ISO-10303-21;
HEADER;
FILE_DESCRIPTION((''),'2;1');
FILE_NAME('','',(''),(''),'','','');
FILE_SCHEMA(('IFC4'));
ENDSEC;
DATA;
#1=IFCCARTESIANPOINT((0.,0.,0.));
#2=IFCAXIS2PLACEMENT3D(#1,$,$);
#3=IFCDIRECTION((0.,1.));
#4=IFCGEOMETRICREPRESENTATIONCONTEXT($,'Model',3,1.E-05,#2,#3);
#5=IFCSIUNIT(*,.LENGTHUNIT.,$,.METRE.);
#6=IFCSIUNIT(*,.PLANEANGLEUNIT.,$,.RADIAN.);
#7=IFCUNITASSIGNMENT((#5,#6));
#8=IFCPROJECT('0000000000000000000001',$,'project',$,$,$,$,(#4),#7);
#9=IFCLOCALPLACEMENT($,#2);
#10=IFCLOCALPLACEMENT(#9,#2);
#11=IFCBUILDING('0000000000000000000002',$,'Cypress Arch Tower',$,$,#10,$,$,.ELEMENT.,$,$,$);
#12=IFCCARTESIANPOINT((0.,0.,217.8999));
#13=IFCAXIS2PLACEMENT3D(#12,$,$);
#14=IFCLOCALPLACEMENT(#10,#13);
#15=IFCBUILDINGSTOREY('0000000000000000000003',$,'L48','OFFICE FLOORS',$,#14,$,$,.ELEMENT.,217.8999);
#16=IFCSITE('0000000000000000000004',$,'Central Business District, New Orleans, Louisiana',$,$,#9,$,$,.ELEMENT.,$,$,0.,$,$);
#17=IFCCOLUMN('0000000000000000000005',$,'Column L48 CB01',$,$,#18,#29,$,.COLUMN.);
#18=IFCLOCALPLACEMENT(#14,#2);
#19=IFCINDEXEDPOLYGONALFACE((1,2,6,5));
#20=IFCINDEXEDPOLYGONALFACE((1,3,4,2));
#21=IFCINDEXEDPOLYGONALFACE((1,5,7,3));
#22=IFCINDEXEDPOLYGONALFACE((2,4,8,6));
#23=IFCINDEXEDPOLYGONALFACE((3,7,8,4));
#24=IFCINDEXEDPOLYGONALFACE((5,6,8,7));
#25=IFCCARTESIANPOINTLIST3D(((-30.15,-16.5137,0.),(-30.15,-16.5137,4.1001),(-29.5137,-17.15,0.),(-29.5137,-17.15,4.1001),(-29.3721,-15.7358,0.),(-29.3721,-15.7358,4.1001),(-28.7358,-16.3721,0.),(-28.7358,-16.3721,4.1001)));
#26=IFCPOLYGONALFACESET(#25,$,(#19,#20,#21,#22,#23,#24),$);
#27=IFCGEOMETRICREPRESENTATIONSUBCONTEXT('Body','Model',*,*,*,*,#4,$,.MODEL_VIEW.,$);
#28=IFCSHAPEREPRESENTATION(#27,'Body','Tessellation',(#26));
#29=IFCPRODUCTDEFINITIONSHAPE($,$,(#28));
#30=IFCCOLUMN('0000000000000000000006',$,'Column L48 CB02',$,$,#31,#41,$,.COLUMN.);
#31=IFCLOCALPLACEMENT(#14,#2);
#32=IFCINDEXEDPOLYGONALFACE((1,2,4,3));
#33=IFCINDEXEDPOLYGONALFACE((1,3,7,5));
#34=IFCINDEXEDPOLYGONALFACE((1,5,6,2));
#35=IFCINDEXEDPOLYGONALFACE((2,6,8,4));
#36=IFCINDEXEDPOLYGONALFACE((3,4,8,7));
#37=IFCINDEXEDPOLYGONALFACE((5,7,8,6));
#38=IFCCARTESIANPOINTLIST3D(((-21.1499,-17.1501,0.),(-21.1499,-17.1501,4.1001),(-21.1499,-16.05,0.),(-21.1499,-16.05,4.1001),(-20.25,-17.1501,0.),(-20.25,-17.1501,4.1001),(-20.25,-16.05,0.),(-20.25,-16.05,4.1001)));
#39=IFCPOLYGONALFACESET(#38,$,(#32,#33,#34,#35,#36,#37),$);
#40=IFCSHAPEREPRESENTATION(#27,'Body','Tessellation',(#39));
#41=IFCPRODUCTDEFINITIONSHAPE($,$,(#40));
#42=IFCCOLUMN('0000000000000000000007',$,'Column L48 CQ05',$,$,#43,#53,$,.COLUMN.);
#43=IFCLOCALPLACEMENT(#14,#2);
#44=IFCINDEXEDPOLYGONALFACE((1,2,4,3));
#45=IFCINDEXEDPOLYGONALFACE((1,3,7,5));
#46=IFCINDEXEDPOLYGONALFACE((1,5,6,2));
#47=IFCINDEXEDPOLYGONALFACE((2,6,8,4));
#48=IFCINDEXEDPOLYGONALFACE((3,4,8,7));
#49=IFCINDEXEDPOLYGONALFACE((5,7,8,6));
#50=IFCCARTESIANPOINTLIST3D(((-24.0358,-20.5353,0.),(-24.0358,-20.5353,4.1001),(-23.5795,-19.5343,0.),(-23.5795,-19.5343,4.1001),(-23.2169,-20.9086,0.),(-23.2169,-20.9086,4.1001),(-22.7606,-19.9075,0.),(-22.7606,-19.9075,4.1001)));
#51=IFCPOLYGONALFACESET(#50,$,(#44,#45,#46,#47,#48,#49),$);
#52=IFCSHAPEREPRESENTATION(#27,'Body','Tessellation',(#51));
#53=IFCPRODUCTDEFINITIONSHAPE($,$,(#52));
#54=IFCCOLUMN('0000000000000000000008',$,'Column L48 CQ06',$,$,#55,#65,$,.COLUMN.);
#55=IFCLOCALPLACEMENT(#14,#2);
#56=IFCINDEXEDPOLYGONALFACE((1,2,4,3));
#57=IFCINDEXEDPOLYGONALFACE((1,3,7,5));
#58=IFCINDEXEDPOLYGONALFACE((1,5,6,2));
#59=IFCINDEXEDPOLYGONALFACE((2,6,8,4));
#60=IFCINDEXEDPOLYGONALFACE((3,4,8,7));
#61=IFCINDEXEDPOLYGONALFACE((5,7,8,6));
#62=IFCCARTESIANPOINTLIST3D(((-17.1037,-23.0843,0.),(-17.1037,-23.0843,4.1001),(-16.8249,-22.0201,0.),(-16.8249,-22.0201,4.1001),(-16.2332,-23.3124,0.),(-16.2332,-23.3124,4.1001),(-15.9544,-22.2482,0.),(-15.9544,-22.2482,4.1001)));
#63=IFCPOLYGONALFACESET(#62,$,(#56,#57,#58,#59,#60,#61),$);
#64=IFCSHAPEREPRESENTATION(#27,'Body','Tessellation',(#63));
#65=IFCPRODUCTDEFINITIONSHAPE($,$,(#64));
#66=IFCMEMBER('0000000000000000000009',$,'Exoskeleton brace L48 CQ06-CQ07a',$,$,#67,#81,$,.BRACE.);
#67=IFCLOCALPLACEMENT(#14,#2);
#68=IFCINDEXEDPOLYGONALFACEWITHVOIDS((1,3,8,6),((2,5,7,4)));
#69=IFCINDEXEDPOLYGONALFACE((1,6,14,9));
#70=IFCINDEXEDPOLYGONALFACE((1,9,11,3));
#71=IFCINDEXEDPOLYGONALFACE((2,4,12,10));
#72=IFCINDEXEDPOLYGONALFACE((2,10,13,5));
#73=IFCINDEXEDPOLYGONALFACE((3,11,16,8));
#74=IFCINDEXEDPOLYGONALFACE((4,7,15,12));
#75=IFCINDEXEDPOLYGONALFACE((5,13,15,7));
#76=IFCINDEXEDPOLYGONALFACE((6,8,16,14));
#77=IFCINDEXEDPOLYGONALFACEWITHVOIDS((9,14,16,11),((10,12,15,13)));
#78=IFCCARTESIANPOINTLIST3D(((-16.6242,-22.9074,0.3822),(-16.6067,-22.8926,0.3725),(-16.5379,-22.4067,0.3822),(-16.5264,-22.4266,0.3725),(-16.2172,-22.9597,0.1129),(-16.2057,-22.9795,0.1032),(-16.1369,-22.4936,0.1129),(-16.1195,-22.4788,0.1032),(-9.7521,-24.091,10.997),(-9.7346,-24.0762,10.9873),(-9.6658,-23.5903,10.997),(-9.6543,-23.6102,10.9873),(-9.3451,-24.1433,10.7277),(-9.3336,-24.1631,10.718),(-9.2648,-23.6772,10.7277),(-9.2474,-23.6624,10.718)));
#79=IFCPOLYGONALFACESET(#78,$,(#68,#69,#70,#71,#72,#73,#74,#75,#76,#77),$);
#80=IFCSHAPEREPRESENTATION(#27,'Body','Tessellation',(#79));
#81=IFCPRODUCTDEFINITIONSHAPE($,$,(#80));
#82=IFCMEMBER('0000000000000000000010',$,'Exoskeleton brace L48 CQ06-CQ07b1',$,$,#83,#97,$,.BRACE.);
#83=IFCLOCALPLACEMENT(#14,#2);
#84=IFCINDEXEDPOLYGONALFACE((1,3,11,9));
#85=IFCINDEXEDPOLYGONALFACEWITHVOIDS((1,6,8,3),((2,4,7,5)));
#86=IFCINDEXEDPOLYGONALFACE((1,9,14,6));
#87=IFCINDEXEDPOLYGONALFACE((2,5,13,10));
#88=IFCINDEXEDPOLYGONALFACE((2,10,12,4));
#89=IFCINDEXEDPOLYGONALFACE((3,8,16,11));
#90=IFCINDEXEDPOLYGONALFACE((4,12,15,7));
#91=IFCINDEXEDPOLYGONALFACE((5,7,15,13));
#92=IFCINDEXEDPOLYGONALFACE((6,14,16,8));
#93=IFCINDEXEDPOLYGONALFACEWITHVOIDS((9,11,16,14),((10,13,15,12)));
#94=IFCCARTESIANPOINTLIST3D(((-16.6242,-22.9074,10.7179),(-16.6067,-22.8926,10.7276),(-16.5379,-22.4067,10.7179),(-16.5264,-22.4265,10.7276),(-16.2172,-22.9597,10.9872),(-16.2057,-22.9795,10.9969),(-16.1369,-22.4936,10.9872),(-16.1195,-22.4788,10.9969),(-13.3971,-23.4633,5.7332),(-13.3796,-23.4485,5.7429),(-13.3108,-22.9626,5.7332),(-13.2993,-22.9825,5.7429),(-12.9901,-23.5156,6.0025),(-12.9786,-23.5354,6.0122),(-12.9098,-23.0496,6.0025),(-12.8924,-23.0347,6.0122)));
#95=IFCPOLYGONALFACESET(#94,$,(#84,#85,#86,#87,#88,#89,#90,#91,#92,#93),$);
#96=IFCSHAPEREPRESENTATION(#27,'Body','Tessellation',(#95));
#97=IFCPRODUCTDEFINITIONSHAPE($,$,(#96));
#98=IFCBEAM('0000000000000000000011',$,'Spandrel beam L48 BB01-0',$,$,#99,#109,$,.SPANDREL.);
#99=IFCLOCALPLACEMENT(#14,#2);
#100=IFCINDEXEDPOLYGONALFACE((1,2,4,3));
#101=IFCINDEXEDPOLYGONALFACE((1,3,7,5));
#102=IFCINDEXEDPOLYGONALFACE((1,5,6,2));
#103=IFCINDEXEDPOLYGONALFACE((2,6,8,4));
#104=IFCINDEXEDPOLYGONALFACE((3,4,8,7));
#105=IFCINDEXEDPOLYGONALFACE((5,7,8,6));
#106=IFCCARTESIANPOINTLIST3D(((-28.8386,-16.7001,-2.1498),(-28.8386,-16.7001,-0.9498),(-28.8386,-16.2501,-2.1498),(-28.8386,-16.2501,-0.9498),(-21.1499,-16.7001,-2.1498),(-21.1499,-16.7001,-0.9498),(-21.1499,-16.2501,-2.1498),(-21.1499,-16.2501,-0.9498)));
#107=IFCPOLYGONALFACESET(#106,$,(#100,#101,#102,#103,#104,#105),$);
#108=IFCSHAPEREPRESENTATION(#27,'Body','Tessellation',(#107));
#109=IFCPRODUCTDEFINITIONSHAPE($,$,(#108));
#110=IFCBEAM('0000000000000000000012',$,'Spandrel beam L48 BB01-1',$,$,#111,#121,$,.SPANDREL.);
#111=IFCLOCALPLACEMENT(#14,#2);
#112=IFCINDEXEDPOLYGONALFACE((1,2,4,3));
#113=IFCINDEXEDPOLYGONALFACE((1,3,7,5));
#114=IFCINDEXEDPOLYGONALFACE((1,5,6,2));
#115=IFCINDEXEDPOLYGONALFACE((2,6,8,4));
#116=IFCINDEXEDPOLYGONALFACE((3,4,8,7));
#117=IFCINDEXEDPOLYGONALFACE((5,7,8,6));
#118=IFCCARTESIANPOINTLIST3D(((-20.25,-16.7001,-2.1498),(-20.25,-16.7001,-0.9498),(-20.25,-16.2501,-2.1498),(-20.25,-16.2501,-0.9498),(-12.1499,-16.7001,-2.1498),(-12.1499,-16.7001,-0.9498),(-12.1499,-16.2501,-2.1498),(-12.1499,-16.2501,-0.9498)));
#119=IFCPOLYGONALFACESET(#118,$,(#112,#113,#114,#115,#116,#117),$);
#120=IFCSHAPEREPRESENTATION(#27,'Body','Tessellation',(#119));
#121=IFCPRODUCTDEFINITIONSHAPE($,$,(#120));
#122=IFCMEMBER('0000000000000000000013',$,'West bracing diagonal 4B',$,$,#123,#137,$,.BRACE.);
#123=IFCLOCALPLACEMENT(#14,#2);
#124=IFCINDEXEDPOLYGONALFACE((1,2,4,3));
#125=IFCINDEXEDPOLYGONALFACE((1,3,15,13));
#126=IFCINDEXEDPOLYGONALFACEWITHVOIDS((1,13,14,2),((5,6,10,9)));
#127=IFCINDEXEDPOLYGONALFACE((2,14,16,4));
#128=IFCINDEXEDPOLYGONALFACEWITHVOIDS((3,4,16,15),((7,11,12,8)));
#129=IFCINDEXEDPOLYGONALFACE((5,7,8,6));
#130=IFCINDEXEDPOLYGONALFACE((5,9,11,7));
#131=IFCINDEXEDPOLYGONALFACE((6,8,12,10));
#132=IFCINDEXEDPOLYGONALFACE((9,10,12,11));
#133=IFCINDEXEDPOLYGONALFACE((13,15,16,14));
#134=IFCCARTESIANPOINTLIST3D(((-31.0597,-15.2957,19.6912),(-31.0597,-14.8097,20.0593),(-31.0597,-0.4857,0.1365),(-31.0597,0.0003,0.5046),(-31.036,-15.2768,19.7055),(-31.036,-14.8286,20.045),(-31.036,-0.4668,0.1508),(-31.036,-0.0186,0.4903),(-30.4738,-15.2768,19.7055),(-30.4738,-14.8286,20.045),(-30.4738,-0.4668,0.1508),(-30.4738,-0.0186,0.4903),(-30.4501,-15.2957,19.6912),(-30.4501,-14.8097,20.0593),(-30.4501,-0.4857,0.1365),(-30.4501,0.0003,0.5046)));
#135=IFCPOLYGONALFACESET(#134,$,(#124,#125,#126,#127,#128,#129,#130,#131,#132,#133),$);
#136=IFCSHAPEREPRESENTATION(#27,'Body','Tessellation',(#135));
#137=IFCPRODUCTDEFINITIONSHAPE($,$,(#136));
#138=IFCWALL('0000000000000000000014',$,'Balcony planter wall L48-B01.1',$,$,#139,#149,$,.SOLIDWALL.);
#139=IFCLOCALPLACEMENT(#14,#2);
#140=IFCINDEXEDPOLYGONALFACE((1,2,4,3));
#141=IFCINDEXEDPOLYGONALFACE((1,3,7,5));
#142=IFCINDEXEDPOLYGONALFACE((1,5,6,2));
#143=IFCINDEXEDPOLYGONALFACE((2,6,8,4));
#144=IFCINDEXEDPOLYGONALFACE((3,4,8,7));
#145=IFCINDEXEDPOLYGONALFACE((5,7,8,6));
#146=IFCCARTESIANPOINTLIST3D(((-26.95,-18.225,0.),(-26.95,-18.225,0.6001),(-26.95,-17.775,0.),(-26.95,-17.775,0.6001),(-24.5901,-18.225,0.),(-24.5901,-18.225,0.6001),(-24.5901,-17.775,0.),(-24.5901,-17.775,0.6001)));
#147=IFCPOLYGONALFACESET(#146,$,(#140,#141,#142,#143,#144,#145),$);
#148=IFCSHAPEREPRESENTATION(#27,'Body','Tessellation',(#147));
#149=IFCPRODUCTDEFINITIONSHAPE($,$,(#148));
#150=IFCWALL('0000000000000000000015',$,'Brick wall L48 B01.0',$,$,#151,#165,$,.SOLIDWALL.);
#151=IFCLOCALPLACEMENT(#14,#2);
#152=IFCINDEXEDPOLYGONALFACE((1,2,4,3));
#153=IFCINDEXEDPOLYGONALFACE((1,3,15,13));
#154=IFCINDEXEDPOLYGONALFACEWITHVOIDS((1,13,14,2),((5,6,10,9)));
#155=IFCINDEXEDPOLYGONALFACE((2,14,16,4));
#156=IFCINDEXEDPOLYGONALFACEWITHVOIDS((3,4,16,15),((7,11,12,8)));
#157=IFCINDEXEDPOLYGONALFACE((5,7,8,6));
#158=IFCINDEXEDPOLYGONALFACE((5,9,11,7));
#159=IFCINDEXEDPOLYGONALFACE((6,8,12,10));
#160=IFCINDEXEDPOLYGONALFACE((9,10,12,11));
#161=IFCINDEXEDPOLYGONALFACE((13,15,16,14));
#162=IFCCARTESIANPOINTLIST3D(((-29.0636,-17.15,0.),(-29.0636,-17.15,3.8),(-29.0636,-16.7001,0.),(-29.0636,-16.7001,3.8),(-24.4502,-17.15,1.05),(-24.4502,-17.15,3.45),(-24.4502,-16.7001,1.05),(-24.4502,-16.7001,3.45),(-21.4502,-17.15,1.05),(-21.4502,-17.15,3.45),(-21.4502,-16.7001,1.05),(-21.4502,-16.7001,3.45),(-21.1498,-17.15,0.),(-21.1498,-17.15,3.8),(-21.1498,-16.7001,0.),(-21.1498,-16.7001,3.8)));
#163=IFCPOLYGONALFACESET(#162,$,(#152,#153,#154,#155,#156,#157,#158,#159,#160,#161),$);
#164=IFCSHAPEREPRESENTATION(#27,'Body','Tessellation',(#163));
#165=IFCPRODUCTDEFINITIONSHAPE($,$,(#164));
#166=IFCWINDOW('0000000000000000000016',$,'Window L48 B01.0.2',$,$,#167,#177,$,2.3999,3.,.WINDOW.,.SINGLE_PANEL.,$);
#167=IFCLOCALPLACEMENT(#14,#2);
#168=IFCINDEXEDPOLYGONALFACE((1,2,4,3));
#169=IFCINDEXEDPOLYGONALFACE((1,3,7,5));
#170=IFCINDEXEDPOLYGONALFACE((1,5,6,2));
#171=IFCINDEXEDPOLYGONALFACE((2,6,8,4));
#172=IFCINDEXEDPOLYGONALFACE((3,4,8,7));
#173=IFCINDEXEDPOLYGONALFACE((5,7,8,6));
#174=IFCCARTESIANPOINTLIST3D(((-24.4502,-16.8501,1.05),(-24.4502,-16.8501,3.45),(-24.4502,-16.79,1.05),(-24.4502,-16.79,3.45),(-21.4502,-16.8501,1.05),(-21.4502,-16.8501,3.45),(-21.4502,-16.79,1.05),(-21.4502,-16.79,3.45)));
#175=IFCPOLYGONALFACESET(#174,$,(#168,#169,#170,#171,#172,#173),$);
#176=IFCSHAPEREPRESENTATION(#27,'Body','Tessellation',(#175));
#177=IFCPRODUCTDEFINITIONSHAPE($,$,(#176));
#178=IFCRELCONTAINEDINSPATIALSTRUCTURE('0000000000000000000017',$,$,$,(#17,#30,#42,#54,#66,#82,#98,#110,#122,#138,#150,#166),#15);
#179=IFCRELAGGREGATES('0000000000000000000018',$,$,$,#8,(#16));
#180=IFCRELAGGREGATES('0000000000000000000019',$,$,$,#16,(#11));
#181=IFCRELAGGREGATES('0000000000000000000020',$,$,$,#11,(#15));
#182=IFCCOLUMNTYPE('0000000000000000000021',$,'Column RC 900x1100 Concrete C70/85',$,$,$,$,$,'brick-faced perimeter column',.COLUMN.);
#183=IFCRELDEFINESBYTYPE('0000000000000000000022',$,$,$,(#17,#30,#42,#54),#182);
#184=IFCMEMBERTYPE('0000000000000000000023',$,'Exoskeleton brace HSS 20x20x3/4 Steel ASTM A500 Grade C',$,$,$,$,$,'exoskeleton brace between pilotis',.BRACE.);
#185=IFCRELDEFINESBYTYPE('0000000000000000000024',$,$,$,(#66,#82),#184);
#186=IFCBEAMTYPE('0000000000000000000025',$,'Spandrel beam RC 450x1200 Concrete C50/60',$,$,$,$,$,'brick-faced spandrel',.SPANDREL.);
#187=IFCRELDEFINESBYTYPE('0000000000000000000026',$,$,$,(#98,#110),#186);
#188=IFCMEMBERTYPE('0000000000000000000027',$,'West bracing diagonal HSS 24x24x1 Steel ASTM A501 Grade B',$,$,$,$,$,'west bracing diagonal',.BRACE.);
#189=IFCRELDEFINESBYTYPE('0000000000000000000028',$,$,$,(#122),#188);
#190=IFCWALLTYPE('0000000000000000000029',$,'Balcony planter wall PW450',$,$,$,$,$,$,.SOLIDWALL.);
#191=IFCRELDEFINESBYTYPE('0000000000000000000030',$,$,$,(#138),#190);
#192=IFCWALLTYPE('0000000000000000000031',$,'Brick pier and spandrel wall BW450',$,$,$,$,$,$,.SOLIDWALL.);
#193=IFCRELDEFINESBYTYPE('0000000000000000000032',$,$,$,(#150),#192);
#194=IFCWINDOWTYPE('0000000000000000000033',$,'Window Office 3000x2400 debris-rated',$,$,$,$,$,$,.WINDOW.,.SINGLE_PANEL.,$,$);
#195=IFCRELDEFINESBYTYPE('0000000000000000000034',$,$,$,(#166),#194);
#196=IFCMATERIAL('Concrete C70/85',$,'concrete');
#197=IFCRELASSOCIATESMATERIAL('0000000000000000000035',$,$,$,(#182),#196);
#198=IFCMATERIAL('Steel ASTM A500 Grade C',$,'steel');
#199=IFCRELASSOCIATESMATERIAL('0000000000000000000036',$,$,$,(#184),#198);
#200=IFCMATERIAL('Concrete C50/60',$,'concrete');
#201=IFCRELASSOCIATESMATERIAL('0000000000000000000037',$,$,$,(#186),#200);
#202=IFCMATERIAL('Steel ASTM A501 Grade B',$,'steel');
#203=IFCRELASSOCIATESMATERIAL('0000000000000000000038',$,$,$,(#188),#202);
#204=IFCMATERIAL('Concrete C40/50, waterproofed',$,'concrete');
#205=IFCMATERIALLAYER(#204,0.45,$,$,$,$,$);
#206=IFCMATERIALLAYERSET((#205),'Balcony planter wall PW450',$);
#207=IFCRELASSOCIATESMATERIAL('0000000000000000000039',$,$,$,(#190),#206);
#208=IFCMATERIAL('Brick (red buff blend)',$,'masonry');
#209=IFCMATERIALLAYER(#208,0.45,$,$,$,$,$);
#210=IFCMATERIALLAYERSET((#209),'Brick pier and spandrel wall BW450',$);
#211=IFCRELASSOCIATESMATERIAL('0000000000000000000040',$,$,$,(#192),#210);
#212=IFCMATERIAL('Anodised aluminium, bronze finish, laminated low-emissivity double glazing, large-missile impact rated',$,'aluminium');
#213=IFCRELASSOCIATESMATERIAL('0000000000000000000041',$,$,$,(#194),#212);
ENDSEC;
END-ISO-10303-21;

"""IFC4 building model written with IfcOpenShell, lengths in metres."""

from ifc_helpers import new_model, si_unit, direction, frame, frame_2d, origin, origin_2d, place, context, subcontext, project, spatial, rectangle, hollow_rectangle, extrude, material, layer, layer_set, material_profile, profile_set, type_object, element, fill, save


model = new_model("IFC4")

# Units and contexts
model_context = context("Model", 3, precision=1e-05, world=origin(), true_north=direction((0.0, 1.0)))
body_context = subcontext(model_context, "Body", "Model", "MODEL_VIEW")
ifc_project = project(units=[si_unit("LENGTHUNIT", "METRE"), si_unit("PLANEANGLEUNIT", "RADIAN")], contexts=[model_context])

# Site, building, storey
site_placement = place(None, origin())
site = spatial("IfcSite", under=ifc_project, at=site_placement, Name="Central Business District, New Orleans, Louisiana", CompositionType="ELEMENT", RefElevation=0.0)
building_placement = place(site_placement, origin())
building = spatial("IfcBuilding", under=site, at=building_placement, Name="Cypress Arch Tower", CompositionType="ELEMENT")
storey_placement = place(building_placement, frame((0.0, 0.0, 217.8999)))
storey = spatial("IfcBuildingStorey", under=building, at=storey_placement, Name="L48", Description="OFFICE FLOORS", CompositionType="ELEMENT", Elevation=217.8999)

# Columns
ifc_material_1 = material(Name="Concrete C70/85", Category="concrete")
ifc_material_profile_1 = material_profile(ifc_material_1, rectangle(XDim=0.8999, YDim=1.1001, at=origin_2d()), Name="RC 900x1100")
ifc_profile_set_1 = profile_set([ifc_material_profile_1], Name="Concrete C70/85")
column_type = type_object("IfcColumnType", Name="Column RC 900x1100 Concrete C70/85", ElementType="brick-faced perimeter column", PredefinedType="COLUMN", material=ifc_profile_set_1)
for number, where, z_axis, x_axis, name in (
    (1, (-29.4429, -16.4429, 0.0), (0.0, 0.0, 1.0), (0.707107, -0.707107, 0.0), "Column L48 CB01"),
    (2, (-20.7, -16.6001, 0.0), (0.0, 0.0, 1.0), (1.0, 0.0, 0.0), "Column L48 CB02"),
    (3, (-23.3982, -20.2214, 0.0), (0.0, 0.0, 1.0), (0.909932, -0.414757, 0.0), "Column L48 CQ05"),
    (4, (-16.5291, -22.6663, 0.0), (0.0, 0.0, 1.0), (0.967356, -0.253422, 0.0), "Column L48 CQ06"),
):
    element("IfcColumn", number, at=place(storey_placement, frame(where, z_axis=z_axis, x_axis=x_axis)), inside=storey, type_object=column_type, Name=name, PredefinedType="COLUMN", context=body_context, shape_type="SweptSolid", body=[
        extrude(rectangle(XDim=0.8999, YDim=1.1001, at=origin_2d()), origin(), (0.0, 0.0, 1.0), 4.1001),
    ])

# Members
ifc_material_2 = material(Name="Steel ASTM A500 Grade C", Category="steel")
ifc_material_profile_2 = material_profile(ifc_material_2, hollow_rectangle(XDim=0.5081, YDim=0.5081, WallThickness=0.0176, at=origin_2d()), Name="HSS 20x20x3/4")
ifc_profile_set_2 = profile_set([ifc_material_profile_2], Name="Steel ASTM A500 Grade C")
member_type_1 = type_object("IfcMemberType", Name="Exoskeleton brace HSS 20x20x3/4 Steel ASTM A500 Grade C", ElementType="exoskeleton brace between pilotis", PredefinedType="BRACE", material=ifc_profile_set_2)
member_1_placement = place(storey_placement, frame((-16.3718, -22.6931, 0.2427), z_axis=(0.541093, -0.093194, 0.835783), x_axis=(0.169733, 0.98549, 0.0)))
element("IfcMember", 5, at=member_1_placement, inside=storey, type_object=member_type_1, Name="Exoskeleton brace L48 CQ06-CQ07a", PredefinedType="BRACE", context=body_context, shape_type="SweptSolid", body=[
    extrude(hollow_rectangle(XDim=0.5081, YDim=0.5081, WallThickness=0.0176, at=origin_2d()), origin(), (0.0, 0.0, 1.0), 12.7004),
])
member_2_placement = place(storey_placement, frame((-16.3718, -22.6931, 10.8574), z_axis=(0.541088, -0.093211, -0.835784), x_axis=(0.169765, 0.985485, 0.0)))
element("IfcMember", 6, at=member_2_placement, inside=storey, type_object=member_type_1, Name="Exoskeleton brace L48 CQ06-CQ07b1", PredefinedType="BRACE", context=body_context, shape_type="SweptSolid", body=[
    extrude(hollow_rectangle(XDim=0.5081, YDim=0.5081, WallThickness=0.0176, at=origin_2d()), origin(), (0.0, 0.0, 1.0), 5.9641),
])

# Beams
ifc_material_3 = material(Name="Concrete C50/60", Category="concrete")
ifc_material_profile_3 = material_profile(ifc_material_3, rectangle(XDim=0.45, YDim=1.2, at=origin_2d()), Name="RC 450x1200")
ifc_profile_set_3 = profile_set([ifc_material_profile_3], Name="Concrete C50/60")
beam_type = type_object("IfcBeamType", Name="Spandrel beam RC 450x1200 Concrete C50/60", ElementType="brick-faced spandrel", PredefinedType="SPANDREL", material=ifc_profile_set_3)
beam_1_placement = place(storey_placement, frame((-28.8386, -16.4751, -1.5498), z_axis=(1.0, 0.0, 0.0), x_axis=(0.0, 1.0, 0.0)))
element("IfcBeam", 7, at=beam_1_placement, inside=storey, type_object=beam_type, Name="Spandrel beam L48 BB01-0", PredefinedType="SPANDREL", context=body_context, shape_type="SweptSolid", body=[
    extrude(rectangle(XDim=0.45, YDim=1.2, at=origin_2d()), origin(), (0.0, 0.0, 1.0), 7.6887),
])
beam_2_placement = place(storey_placement, frame((-20.25, -16.4751, -1.5498), z_axis=(1.0, 0.0, 0.0), x_axis=(0.0, 1.0, 0.0)))
element("IfcBeam", 8, at=beam_2_placement, inside=storey, type_object=beam_type, Name="Spandrel beam L48 BB01-1", PredefinedType="SPANDREL", context=body_context, shape_type="SweptSolid", body=[
    extrude(rectangle(XDim=0.45, YDim=1.2, at=origin_2d()), origin(), (0.0, 0.0, 1.0), 8.1001),
])

# Member
ifc_material_4 = material(Name="Steel ASTM A501 Grade B", Category="steel")
ifc_material_profile_4 = material_profile(ifc_material_4, hollow_rectangle(XDim=0.6096, YDim=0.6096, WallThickness=0.0237, at=origin_2d()), Name="HSS 24x24x1")
ifc_profile_set_4 = profile_set([ifc_material_profile_4], Name="Steel ASTM A501 Grade B")
member_type_2 = type_object("IfcMemberType", Name="West bracing diagonal HSS 24x24x1 Steel ASTM A501 Grade B", ElementType="west bracing diagonal", PredefinedType="BRACE", material=ifc_profile_set_4)
member_3_placement = place(storey_placement, frame((-30.7549, -15.0527, 19.8752), z_axis=(0.0, 0.603752, -0.797173), x_axis=(-1.0, 0.0, 0.0)))
element("IfcMember", 9, at=member_3_placement, inside=storey, type_object=member_type_2, Name="West bracing diagonal 4B", PredefinedType="BRACE", context=body_context, shape_type="SweptSolid", body=[
    extrude(hollow_rectangle(XDim=0.6096, YDim=0.6096, WallThickness=0.0237, at=origin_2d()), origin(), (0.0, 0.0, 1.0), 24.53),
])

# Wall
ifc_material_5 = material(Name="Concrete C40/50, waterproofed", Category="concrete")
ifc_layer_1 = layer(ifc_material_5, 0.45)
ifc_layer_set_1 = layer_set([ifc_layer_1], Name="Balcony planter wall PW450")
wall_type_1 = type_object("IfcWallType", Name="Balcony planter wall PW450", PredefinedType="SOLIDWALL", material=ifc_layer_set_1)
wall_1_placement = place(storey_placement, frame((-26.95, -18.0, 0.0), z_axis=(0.0, 0.0, 1.0), x_axis=(1.0, 0.0, 0.0)))
element("IfcWall", 10, at=wall_1_placement, inside=storey, type_object=wall_type_1, Name="Balcony planter wall L48-B01.1", PredefinedType="SOLIDWALL", context=body_context, shape_type="SweptSolid", body=[
    extrude(rectangle(XDim=2.3599, YDim=0.45, at=frame_2d((1.1799, 0.0))), origin(), (0.0, 0.0, 1.0), 0.6001),
])

# Wall, opening, window
ifc_material_6 = material(Name="Brick (red buff blend)", Category="masonry")
ifc_layer_2 = layer(ifc_material_6, 0.45)
ifc_layer_set_2 = layer_set([ifc_layer_2], Name="Brick pier and spandrel wall BW450")
wall_type_2 = type_object("IfcWallType", Name="Brick pier and spandrel wall BW450", PredefinedType="SOLIDWALL", material=ifc_layer_set_2)
wall_2_placement = place(storey_placement, frame((-29.0637, -16.925, 0.0), z_axis=(0.0, 0.0, 1.0), x_axis=(1.0, 0.0, 0.0)))
wall_2 = element("IfcWall", 11, at=wall_2_placement, inside=storey, type_object=wall_type_2, Name="Brick wall L48 B01.0", PredefinedType="SOLIDWALL", context=body_context, shape_type="SweptSolid", body=[
    extrude(rectangle(XDim=7.9138, YDim=0.45, at=frame_2d((3.957, 0.0))), origin(), (0.0, 0.0, 1.0), 3.8),
])
opening_1_placement = place(wall_2_placement, frame((4.6135, 0.0, 1.05)))
opening_1 = element("IfcOpeningElement", 12, at=opening_1_placement, cuts=wall_2, PredefinedType="OPENING", context=body_context, shape_type="SweptSolid", body=[
    extrude(rectangle(XDim=3.0, YDim=2.3999, at=frame_2d((1.5, 1.2))), frame((0.0, 0.2349, 0.0), z_axis=(0.0, -1.0, 0.0), x_axis=(1.0, 0.0, 0.0)), (0.0, 0.0, 1.0), 0.47),
])
ifc_material_7 = material(Name="Anodised aluminium, bronze finish, laminated low-emissivity double glazing, large-missile impact rated", Category="aluminium")
window_type = type_object("IfcWindowType", Name="Window Office 3000x2400 debris-rated", PartitioningType="SINGLE_PANEL", PredefinedType="WINDOW", material=ifc_material_7)
window_1_placement = place(opening_1_placement, origin())
window_1 = element("IfcWindow", 13, at=window_1_placement, inside=storey, type_object=window_type, Name="Window L48 B01.0.2", OverallHeight=2.3999, OverallWidth=3.0, PartitioningType="SINGLE_PANEL", PredefinedType="WINDOW", context=body_context, shape_type="SweptSolid", body=[
    extrude(rectangle(XDim=3.0, YDim=2.3999, at=frame_2d((1.5, 1.2))), frame((0.0, 0.135, 0.0), z_axis=(0.0, -1.0, 0.0), x_axis=(1.0, 0.0, 0.0)), (0.0, 0.0, 1.0), 0.0601),
])
fill(opening_1, window_1)

save(model, "model.ifc")
